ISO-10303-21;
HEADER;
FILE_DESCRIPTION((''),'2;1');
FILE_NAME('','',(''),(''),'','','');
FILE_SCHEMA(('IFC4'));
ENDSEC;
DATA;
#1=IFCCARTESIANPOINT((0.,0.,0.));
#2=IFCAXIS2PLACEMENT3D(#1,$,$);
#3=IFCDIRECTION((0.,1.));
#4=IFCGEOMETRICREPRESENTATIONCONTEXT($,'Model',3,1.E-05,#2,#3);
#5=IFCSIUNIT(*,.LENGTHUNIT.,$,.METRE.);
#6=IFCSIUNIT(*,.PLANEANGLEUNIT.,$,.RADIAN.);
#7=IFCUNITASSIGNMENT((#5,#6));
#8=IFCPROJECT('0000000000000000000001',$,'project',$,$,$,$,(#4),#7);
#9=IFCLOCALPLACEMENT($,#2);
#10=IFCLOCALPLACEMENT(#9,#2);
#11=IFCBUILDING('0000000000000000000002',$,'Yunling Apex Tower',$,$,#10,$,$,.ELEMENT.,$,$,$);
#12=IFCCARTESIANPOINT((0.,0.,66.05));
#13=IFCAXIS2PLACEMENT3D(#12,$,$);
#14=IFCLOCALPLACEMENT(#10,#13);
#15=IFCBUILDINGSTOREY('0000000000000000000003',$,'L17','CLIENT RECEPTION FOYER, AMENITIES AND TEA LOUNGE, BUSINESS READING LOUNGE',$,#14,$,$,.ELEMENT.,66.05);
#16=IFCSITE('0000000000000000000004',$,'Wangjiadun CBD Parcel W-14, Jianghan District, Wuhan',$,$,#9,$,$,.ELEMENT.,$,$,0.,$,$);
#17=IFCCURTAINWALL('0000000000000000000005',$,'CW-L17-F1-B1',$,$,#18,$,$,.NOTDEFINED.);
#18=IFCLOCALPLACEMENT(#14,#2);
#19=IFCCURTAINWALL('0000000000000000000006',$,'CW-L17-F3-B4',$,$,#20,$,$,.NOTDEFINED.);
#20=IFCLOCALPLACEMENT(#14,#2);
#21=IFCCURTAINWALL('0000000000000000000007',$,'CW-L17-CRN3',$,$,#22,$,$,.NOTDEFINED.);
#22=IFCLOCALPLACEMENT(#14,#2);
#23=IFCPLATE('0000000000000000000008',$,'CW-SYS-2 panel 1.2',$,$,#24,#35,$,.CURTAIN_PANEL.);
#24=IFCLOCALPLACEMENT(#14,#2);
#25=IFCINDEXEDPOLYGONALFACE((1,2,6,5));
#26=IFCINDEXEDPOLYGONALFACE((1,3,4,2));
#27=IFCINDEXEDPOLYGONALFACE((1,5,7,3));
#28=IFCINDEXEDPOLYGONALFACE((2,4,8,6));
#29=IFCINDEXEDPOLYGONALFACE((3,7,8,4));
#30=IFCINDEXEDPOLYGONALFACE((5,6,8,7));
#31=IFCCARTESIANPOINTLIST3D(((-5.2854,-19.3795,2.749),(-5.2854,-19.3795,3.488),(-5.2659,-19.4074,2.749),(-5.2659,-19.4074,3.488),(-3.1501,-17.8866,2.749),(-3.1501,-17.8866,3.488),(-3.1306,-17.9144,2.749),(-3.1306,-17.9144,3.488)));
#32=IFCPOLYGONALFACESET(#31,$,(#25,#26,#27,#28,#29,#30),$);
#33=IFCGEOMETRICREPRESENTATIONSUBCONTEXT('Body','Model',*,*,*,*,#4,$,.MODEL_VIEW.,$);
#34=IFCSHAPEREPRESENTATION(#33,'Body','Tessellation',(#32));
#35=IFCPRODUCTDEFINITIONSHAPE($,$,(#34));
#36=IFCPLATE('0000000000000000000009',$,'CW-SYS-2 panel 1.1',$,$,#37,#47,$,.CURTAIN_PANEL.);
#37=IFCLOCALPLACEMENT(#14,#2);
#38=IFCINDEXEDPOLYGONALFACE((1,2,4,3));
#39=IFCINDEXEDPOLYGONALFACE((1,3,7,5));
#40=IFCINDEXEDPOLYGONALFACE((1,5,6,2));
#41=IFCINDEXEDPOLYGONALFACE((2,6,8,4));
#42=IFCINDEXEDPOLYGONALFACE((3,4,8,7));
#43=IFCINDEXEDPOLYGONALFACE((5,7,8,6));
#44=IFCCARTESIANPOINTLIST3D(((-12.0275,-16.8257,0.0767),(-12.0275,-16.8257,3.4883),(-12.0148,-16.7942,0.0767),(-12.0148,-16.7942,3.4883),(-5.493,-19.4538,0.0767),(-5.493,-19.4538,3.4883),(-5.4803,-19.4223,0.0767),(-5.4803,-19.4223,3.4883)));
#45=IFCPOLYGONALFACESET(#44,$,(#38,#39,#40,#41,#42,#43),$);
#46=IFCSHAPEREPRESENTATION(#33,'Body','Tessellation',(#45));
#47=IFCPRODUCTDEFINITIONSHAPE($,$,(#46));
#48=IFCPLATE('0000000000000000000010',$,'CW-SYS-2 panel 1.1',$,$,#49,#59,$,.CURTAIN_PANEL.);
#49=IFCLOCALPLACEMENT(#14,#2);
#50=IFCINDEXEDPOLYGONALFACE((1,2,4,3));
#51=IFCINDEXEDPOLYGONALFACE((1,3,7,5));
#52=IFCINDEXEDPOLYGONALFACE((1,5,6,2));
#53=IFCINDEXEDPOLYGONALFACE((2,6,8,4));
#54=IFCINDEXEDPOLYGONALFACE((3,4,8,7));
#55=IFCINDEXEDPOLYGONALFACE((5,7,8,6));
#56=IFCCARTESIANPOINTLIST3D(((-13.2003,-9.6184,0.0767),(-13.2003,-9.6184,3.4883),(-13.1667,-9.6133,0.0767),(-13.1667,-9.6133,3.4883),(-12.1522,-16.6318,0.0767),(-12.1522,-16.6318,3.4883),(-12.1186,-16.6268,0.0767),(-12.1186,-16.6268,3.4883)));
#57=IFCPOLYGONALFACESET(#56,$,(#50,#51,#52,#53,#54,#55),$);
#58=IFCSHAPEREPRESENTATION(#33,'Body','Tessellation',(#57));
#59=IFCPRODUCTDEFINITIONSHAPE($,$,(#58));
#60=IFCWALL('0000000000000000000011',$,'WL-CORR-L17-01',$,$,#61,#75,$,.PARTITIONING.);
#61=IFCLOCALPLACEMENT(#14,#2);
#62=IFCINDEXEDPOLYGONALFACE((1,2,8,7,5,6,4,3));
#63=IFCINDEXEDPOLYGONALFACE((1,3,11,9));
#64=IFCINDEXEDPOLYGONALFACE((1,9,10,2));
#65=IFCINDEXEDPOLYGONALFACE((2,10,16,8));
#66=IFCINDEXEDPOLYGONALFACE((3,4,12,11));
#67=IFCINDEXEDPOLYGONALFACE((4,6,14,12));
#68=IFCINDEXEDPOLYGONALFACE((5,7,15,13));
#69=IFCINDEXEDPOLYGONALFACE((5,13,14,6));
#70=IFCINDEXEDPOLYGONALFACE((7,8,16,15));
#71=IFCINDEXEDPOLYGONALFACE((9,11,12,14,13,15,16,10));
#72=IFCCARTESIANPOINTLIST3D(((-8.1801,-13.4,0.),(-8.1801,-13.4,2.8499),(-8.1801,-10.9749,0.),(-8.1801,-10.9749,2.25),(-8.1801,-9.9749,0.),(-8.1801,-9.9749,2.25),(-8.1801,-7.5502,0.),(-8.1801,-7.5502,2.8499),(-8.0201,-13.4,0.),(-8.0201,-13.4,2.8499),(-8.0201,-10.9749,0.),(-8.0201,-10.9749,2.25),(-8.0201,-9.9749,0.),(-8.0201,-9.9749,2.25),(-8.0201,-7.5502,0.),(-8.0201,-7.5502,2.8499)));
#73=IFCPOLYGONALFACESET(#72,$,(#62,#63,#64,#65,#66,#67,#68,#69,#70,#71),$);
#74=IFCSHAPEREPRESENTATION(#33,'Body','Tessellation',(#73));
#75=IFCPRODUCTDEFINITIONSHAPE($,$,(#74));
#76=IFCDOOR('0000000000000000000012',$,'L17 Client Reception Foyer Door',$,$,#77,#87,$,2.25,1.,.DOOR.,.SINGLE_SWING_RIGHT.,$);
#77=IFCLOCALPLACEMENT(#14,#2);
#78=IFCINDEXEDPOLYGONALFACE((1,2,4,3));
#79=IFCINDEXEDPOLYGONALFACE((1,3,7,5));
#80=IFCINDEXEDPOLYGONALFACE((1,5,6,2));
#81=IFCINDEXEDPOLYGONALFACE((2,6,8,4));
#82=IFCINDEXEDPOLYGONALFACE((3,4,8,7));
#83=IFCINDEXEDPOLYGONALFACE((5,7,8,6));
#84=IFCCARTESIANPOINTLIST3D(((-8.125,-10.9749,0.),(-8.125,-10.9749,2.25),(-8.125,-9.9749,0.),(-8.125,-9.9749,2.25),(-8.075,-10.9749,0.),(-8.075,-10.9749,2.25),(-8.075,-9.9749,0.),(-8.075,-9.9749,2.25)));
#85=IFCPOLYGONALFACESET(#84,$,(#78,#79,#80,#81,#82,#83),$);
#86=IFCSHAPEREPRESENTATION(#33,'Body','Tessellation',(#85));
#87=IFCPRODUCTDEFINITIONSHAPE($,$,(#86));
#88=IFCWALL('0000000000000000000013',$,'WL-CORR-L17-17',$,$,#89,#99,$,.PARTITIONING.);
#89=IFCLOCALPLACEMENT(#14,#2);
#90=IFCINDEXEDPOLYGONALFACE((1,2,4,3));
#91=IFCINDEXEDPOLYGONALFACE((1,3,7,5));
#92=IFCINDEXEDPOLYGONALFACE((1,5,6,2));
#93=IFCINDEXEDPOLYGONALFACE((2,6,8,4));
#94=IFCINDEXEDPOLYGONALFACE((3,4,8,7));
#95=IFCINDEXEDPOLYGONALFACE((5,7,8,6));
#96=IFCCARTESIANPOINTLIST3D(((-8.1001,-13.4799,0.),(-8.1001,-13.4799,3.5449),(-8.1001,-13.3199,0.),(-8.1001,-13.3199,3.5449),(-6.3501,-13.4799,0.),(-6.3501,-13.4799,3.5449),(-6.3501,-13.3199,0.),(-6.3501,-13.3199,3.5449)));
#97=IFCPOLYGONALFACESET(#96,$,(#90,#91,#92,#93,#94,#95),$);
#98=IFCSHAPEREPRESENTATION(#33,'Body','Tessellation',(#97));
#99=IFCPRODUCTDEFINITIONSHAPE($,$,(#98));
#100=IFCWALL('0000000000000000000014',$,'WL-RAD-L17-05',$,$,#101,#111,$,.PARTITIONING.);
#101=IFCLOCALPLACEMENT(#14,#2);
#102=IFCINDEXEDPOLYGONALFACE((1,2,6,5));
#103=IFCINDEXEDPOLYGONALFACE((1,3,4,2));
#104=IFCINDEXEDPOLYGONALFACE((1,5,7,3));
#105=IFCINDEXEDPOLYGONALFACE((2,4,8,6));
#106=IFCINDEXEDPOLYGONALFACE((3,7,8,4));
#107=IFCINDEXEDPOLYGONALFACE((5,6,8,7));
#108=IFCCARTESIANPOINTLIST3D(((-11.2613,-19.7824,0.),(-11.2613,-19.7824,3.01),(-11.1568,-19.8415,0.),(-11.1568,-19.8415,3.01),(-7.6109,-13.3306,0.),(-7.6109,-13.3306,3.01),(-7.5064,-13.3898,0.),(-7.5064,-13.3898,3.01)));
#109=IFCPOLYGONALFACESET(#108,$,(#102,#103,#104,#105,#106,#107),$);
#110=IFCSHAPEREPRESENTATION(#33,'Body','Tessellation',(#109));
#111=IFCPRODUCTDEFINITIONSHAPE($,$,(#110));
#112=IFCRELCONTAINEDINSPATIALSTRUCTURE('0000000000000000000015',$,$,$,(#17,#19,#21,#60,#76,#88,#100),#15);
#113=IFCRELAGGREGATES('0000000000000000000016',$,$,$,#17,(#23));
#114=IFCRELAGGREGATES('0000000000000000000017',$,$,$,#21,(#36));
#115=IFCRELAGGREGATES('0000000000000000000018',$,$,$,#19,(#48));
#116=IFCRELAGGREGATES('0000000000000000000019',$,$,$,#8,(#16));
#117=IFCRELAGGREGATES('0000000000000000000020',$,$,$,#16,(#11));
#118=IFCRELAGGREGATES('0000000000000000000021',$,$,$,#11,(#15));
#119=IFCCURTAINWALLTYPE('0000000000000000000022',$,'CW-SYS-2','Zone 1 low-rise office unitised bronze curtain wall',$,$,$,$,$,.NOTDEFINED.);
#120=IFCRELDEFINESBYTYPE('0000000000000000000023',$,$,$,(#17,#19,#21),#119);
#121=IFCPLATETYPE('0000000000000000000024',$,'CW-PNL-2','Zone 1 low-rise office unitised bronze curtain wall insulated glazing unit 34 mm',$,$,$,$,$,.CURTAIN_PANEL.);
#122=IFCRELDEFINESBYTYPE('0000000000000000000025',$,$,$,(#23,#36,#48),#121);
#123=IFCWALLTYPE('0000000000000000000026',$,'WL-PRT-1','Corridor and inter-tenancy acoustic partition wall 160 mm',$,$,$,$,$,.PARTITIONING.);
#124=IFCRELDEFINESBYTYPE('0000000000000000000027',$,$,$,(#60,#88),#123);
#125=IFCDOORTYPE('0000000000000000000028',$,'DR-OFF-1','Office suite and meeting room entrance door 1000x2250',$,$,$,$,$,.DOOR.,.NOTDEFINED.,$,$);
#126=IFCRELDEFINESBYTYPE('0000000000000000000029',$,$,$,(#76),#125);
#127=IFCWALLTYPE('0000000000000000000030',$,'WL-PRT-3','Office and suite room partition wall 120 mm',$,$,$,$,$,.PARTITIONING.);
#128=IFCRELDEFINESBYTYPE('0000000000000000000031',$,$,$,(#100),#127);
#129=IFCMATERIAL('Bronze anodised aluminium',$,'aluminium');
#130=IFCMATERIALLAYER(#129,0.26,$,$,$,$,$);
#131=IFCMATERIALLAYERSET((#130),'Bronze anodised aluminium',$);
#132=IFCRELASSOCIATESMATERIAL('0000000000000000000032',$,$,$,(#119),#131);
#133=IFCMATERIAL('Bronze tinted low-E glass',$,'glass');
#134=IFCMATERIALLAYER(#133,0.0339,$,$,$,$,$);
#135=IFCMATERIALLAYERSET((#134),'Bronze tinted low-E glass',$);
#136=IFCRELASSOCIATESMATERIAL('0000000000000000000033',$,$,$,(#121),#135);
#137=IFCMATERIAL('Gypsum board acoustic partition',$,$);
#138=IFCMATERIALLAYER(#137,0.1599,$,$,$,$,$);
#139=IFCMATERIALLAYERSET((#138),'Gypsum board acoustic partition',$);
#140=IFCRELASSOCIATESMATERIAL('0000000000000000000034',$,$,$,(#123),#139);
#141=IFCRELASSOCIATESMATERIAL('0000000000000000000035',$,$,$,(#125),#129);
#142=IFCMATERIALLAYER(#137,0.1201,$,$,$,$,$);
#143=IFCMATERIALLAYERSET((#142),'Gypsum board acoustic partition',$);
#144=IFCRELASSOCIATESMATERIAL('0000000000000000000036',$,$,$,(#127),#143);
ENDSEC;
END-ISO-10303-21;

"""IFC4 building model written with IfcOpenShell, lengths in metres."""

from ifc_helpers import new_model, si_unit, direction, frame, frame_2d, origin, origin_2d, place, context, subcontext, project, spatial, rectangle, extrude, source, transform, mapped, material, layer, layer_set, type_object, element, fill, aggregate, save


model = new_model("IFC4")

# Units and contexts
model_context = context("Model", 3, precision=1e-05, world=origin(), true_north=direction((0.0, 1.0)))
body_context = subcontext(model_context, "Body", "Model", "MODEL_VIEW")
ifc_project = project(units=[si_unit("LENGTHUNIT", "METRE"), si_unit("PLANEANGLEUNIT", "RADIAN")], contexts=[model_context])

# Site, building, storey
site_placement = place(None, origin())
site = spatial("IfcSite", under=ifc_project, at=site_placement, Name="Wangjiadun CBD Parcel W-14, Jianghan District, Wuhan", CompositionType="ELEMENT", RefElevation=0.0)
building_placement = place(site_placement, origin())
building = spatial("IfcBuilding", under=site, at=building_placement, Name="Yunling Apex Tower", CompositionType="ELEMENT")
storey_placement = place(building_placement, frame((0.0, 0.0, 66.05)))
storey = spatial("IfcBuildingStorey", under=building, at=storey_placement, Name="L17", Description="CLIENT RECEPTION FOYER, AMENITIES AND TEA LOUNGE, BUSINESS READING LOUNGE", CompositionType="ELEMENT", Elevation=66.05)

# Curtain wall
ifc_material_1 = material(Name="Bronze anodised aluminium", Category="aluminium")
ifc_layer_1 = layer(ifc_material_1, 0.26)
ifc_layer_set_1 = layer_set([ifc_layer_1], Name="Bronze anodised aluminium")
curtain_wall_type = type_object("IfcCurtainWallType", Name="CW-SYS-2", Description="Zone 1 low-rise office unitised bronze curtain wall", PredefinedType="NOTDEFINED", material=ifc_layer_set_1)
curtain_wall_1_placement = place(storey_placement, origin())
curtain_wall_1 = element("IfcCurtainWall", 1, at=curtain_wall_1_placement, inside=storey, type_object=curtain_wall_type, Name="CW-L17-F1-B1", PredefinedType="NOTDEFINED")

# Curtain walls
curtain_wall_2_placement = place(storey_placement, origin())
curtain_wall_2 = element("IfcCurtainWall", 2, at=curtain_wall_2_placement, inside=storey, type_object=curtain_wall_type, Name="CW-L17-F3-B4", PredefinedType="NOTDEFINED")
curtain_wall_3_placement = place(storey_placement, origin())
curtain_wall_3 = element("IfcCurtainWall", 3, at=curtain_wall_3_placement, inside=storey, type_object=curtain_wall_type, Name="CW-L17-CRN3", PredefinedType="NOTDEFINED")

# Plates
ifc_material_2 = material(Name="Bronze tinted low-E glass", Category="glass")
ifc_layer_2 = layer(ifc_material_2, 0.0339)
ifc_layer_set_2 = layer_set([ifc_layer_2], Name="Bronze tinted low-E glass")
plate_type = type_object("IfcPlateType", Name="CW-PNL-2", Description="Zone 1 low-rise office unitised bronze curtain wall insulated glazing unit 34 mm", PredefinedType="CURTAIN_PANEL", material=ifc_layer_set_2)
shared_shape_1 = source(origin(), body_context, "Body", "SweptSolid", [
    extrude(rectangle(XDim=2.6055, YDim=0.0339, at=origin_2d()), origin(), (0.0, 0.0, 1.0), 0.739),
])
plate_1_placement = place(storey_placement, frame((-4.208, -18.647, 2.749), z_axis=(0.0, 0.0, 1.0), x_axis=(0.819552, 0.573004, 0.0)))
plate_1 = element("IfcPlate", 4, at=plate_1_placement, type_object=plate_type, Name="CW-SYS-2 panel 1.2", PredefinedType="CURTAIN_PANEL", context=body_context, shape_type="MappedRepresentation", body=[
    mapped(shared_shape_1, transform((0.0, 0.0, 0.0), scale=1.0)),
])
aggregate(curtain_wall_1, [plate_1])
shared_shape_2 = source(origin(), body_context, "Body", "SweptSolid", [
    extrude(rectangle(XDim=7.0432, YDim=0.0339, at=origin_2d()), origin(), (0.0, 0.0, 1.0), 3.4116),
])
plate_2_placement = place(storey_placement, frame((-8.7539, -18.124, 0.0767), z_axis=(0.0, 0.0, 1.0), x_axis=(0.927774, -0.373144, 0.0)))
plate_2 = element("IfcPlate", 5, at=plate_2_placement, type_object=plate_type, Name="CW-SYS-2 panel 1.1", PredefinedType="CURTAIN_PANEL", context=body_context, shape_type="MappedRepresentation", body=[
    mapped(shared_shape_2, transform((0.0, 0.0, 0.0), scale=1.0)),
])
aggregate(curtain_wall_3, [plate_2])
shared_shape_3 = source(origin(), body_context, "Body", "SweptSolid", [
    extrude(rectangle(XDim=7.0913, YDim=0.0339, at=origin_2d()), origin(), (0.0, 0.0, 1.0), 3.4116),
])
plate_3_placement = place(storey_placement, frame((-12.6594, -13.1226, 0.0767), z_axis=(0.0, 0.0, 1.0), x_axis=(0.147801, -0.989017, 0.0)))
plate_3 = element("IfcPlate", 6, at=plate_3_placement, type_object=plate_type, Name="CW-SYS-2 panel 1.1", PredefinedType="CURTAIN_PANEL", context=body_context, shape_type="MappedRepresentation", body=[
    mapped(shared_shape_3, transform((0.0, 0.0, 0.0), scale=1.0)),
])
aggregate(curtain_wall_2, [plate_3])

# Wall, opening, door
ifc_material_3 = material(Name="Gypsum board acoustic partition")
ifc_layer_3 = layer(ifc_material_3, 0.1599)
ifc_layer_set_3 = layer_set([ifc_layer_3], Name="Gypsum board acoustic partition")
wall_type_1 = type_object("IfcWallType", Name="WL-PRT-1", Description="Corridor and inter-tenancy acoustic partition wall 160 mm", PredefinedType="PARTITIONING", material=ifc_layer_set_3)
wall_1_placement = place(storey_placement, frame((-8.1001, -13.3999, 0.0), z_axis=(0.0, 0.0, 1.0), x_axis=(0.0, 1.0, 0.0)))
wall_1 = element("IfcWall", 7, at=wall_1_placement, inside=storey, type_object=wall_type_1, Name="WL-CORR-L17-01", PredefinedType="PARTITIONING", context=body_context, shape_type="SweptSolid", body=[
    extrude(rectangle(XDim=5.8499, YDim=0.1599, at=frame_2d((2.9248, 0.0))), origin(), (0.0, 0.0, 1.0), 2.8499),
])
opening_placement = place(wall_1_placement, frame((2.425, 0.0, 0.0)))
opening = element("IfcOpeningElement", 8, at=opening_placement, cuts=wall_1, PredefinedType="OPENING", context=body_context, shape_type="SweptSolid", body=[
    extrude(rectangle(XDim=1.0, YDim=2.25, at=frame_2d((0.5, 1.125))), frame((0.0, 0.0898, 0.0), z_axis=(0.0, -1.0, 0.0), x_axis=(1.0, 0.0, 0.0)), (0.0, 0.0, 1.0), 0.1799),
])
door_type = type_object("IfcDoorType", Name="DR-OFF-1", Description="Office suite and meeting room entrance door 1000x2250", OperationType="NOTDEFINED", PredefinedType="DOOR", material=ifc_material_1)
door_placement = place(opening_placement, origin())
door = element("IfcDoor", 9, at=door_placement, inside=storey, type_object=door_type, Name="L17 Client Reception Foyer Door", OperationType="SINGLE_SWING_RIGHT", OverallHeight=2.25, OverallWidth=1.0, PredefinedType="DOOR", context=body_context, shape_type="SweptSolid", body=[
    extrude(rectangle(XDim=1.0, YDim=2.25, at=frame_2d((0.5, 1.125))), frame((0.0, 0.0249, 0.0), z_axis=(0.0, -1.0, 0.0), x_axis=(1.0, 0.0, 0.0)), (0.0, 0.0, 1.0), 0.05),
])
fill(opening, door)

# Walls
wall_2_placement = place(storey_placement, frame((-6.3501, -13.3999, 0.0), z_axis=(0.0, 0.0, 1.0), x_axis=(-1.0, 0.0, 0.0)))
element("IfcWall", 10, at=wall_2_placement, inside=storey, type_object=wall_type_1, Name="WL-CORR-L17-17", PredefinedType="PARTITIONING", context=body_context, shape_type="SweptSolid", body=[
    extrude(rectangle(XDim=1.75, YDim=0.1599, at=frame_2d((0.875, 0.0))), origin(), (0.0, 0.0, 1.0), 3.5449),
])
ifc_layer_4 = layer(ifc_material_3, 0.1201)
ifc_layer_set_4 = layer_set([ifc_layer_4], Name="Gypsum board acoustic partition")
wall_type_2 = type_object("IfcWallType", Name="WL-PRT-3", Description="Office and suite room partition wall 120 mm", PredefinedType="PARTITIONING", material=ifc_layer_set_4)
wall_3_placement = place(storey_placement, frame((-7.5586, -13.3601, 0.0), z_axis=(0.0, 0.0, 1.0), x_axis=(-0.492446, -0.870343, 0.0)))
element("IfcWall", 11, at=wall_3_placement, inside=storey, type_object=wall_type_2, Name="WL-RAD-L17-05", PredefinedType="PARTITIONING", context=body_context, shape_type="SweptSolid", body=[
    extrude(rectangle(XDim=7.4128, YDim=0.1201, at=frame_2d((3.7065, 0.0))), origin(), (0.0, 0.0, 1.0), 3.01),
])

save(model, "model.ifc")
